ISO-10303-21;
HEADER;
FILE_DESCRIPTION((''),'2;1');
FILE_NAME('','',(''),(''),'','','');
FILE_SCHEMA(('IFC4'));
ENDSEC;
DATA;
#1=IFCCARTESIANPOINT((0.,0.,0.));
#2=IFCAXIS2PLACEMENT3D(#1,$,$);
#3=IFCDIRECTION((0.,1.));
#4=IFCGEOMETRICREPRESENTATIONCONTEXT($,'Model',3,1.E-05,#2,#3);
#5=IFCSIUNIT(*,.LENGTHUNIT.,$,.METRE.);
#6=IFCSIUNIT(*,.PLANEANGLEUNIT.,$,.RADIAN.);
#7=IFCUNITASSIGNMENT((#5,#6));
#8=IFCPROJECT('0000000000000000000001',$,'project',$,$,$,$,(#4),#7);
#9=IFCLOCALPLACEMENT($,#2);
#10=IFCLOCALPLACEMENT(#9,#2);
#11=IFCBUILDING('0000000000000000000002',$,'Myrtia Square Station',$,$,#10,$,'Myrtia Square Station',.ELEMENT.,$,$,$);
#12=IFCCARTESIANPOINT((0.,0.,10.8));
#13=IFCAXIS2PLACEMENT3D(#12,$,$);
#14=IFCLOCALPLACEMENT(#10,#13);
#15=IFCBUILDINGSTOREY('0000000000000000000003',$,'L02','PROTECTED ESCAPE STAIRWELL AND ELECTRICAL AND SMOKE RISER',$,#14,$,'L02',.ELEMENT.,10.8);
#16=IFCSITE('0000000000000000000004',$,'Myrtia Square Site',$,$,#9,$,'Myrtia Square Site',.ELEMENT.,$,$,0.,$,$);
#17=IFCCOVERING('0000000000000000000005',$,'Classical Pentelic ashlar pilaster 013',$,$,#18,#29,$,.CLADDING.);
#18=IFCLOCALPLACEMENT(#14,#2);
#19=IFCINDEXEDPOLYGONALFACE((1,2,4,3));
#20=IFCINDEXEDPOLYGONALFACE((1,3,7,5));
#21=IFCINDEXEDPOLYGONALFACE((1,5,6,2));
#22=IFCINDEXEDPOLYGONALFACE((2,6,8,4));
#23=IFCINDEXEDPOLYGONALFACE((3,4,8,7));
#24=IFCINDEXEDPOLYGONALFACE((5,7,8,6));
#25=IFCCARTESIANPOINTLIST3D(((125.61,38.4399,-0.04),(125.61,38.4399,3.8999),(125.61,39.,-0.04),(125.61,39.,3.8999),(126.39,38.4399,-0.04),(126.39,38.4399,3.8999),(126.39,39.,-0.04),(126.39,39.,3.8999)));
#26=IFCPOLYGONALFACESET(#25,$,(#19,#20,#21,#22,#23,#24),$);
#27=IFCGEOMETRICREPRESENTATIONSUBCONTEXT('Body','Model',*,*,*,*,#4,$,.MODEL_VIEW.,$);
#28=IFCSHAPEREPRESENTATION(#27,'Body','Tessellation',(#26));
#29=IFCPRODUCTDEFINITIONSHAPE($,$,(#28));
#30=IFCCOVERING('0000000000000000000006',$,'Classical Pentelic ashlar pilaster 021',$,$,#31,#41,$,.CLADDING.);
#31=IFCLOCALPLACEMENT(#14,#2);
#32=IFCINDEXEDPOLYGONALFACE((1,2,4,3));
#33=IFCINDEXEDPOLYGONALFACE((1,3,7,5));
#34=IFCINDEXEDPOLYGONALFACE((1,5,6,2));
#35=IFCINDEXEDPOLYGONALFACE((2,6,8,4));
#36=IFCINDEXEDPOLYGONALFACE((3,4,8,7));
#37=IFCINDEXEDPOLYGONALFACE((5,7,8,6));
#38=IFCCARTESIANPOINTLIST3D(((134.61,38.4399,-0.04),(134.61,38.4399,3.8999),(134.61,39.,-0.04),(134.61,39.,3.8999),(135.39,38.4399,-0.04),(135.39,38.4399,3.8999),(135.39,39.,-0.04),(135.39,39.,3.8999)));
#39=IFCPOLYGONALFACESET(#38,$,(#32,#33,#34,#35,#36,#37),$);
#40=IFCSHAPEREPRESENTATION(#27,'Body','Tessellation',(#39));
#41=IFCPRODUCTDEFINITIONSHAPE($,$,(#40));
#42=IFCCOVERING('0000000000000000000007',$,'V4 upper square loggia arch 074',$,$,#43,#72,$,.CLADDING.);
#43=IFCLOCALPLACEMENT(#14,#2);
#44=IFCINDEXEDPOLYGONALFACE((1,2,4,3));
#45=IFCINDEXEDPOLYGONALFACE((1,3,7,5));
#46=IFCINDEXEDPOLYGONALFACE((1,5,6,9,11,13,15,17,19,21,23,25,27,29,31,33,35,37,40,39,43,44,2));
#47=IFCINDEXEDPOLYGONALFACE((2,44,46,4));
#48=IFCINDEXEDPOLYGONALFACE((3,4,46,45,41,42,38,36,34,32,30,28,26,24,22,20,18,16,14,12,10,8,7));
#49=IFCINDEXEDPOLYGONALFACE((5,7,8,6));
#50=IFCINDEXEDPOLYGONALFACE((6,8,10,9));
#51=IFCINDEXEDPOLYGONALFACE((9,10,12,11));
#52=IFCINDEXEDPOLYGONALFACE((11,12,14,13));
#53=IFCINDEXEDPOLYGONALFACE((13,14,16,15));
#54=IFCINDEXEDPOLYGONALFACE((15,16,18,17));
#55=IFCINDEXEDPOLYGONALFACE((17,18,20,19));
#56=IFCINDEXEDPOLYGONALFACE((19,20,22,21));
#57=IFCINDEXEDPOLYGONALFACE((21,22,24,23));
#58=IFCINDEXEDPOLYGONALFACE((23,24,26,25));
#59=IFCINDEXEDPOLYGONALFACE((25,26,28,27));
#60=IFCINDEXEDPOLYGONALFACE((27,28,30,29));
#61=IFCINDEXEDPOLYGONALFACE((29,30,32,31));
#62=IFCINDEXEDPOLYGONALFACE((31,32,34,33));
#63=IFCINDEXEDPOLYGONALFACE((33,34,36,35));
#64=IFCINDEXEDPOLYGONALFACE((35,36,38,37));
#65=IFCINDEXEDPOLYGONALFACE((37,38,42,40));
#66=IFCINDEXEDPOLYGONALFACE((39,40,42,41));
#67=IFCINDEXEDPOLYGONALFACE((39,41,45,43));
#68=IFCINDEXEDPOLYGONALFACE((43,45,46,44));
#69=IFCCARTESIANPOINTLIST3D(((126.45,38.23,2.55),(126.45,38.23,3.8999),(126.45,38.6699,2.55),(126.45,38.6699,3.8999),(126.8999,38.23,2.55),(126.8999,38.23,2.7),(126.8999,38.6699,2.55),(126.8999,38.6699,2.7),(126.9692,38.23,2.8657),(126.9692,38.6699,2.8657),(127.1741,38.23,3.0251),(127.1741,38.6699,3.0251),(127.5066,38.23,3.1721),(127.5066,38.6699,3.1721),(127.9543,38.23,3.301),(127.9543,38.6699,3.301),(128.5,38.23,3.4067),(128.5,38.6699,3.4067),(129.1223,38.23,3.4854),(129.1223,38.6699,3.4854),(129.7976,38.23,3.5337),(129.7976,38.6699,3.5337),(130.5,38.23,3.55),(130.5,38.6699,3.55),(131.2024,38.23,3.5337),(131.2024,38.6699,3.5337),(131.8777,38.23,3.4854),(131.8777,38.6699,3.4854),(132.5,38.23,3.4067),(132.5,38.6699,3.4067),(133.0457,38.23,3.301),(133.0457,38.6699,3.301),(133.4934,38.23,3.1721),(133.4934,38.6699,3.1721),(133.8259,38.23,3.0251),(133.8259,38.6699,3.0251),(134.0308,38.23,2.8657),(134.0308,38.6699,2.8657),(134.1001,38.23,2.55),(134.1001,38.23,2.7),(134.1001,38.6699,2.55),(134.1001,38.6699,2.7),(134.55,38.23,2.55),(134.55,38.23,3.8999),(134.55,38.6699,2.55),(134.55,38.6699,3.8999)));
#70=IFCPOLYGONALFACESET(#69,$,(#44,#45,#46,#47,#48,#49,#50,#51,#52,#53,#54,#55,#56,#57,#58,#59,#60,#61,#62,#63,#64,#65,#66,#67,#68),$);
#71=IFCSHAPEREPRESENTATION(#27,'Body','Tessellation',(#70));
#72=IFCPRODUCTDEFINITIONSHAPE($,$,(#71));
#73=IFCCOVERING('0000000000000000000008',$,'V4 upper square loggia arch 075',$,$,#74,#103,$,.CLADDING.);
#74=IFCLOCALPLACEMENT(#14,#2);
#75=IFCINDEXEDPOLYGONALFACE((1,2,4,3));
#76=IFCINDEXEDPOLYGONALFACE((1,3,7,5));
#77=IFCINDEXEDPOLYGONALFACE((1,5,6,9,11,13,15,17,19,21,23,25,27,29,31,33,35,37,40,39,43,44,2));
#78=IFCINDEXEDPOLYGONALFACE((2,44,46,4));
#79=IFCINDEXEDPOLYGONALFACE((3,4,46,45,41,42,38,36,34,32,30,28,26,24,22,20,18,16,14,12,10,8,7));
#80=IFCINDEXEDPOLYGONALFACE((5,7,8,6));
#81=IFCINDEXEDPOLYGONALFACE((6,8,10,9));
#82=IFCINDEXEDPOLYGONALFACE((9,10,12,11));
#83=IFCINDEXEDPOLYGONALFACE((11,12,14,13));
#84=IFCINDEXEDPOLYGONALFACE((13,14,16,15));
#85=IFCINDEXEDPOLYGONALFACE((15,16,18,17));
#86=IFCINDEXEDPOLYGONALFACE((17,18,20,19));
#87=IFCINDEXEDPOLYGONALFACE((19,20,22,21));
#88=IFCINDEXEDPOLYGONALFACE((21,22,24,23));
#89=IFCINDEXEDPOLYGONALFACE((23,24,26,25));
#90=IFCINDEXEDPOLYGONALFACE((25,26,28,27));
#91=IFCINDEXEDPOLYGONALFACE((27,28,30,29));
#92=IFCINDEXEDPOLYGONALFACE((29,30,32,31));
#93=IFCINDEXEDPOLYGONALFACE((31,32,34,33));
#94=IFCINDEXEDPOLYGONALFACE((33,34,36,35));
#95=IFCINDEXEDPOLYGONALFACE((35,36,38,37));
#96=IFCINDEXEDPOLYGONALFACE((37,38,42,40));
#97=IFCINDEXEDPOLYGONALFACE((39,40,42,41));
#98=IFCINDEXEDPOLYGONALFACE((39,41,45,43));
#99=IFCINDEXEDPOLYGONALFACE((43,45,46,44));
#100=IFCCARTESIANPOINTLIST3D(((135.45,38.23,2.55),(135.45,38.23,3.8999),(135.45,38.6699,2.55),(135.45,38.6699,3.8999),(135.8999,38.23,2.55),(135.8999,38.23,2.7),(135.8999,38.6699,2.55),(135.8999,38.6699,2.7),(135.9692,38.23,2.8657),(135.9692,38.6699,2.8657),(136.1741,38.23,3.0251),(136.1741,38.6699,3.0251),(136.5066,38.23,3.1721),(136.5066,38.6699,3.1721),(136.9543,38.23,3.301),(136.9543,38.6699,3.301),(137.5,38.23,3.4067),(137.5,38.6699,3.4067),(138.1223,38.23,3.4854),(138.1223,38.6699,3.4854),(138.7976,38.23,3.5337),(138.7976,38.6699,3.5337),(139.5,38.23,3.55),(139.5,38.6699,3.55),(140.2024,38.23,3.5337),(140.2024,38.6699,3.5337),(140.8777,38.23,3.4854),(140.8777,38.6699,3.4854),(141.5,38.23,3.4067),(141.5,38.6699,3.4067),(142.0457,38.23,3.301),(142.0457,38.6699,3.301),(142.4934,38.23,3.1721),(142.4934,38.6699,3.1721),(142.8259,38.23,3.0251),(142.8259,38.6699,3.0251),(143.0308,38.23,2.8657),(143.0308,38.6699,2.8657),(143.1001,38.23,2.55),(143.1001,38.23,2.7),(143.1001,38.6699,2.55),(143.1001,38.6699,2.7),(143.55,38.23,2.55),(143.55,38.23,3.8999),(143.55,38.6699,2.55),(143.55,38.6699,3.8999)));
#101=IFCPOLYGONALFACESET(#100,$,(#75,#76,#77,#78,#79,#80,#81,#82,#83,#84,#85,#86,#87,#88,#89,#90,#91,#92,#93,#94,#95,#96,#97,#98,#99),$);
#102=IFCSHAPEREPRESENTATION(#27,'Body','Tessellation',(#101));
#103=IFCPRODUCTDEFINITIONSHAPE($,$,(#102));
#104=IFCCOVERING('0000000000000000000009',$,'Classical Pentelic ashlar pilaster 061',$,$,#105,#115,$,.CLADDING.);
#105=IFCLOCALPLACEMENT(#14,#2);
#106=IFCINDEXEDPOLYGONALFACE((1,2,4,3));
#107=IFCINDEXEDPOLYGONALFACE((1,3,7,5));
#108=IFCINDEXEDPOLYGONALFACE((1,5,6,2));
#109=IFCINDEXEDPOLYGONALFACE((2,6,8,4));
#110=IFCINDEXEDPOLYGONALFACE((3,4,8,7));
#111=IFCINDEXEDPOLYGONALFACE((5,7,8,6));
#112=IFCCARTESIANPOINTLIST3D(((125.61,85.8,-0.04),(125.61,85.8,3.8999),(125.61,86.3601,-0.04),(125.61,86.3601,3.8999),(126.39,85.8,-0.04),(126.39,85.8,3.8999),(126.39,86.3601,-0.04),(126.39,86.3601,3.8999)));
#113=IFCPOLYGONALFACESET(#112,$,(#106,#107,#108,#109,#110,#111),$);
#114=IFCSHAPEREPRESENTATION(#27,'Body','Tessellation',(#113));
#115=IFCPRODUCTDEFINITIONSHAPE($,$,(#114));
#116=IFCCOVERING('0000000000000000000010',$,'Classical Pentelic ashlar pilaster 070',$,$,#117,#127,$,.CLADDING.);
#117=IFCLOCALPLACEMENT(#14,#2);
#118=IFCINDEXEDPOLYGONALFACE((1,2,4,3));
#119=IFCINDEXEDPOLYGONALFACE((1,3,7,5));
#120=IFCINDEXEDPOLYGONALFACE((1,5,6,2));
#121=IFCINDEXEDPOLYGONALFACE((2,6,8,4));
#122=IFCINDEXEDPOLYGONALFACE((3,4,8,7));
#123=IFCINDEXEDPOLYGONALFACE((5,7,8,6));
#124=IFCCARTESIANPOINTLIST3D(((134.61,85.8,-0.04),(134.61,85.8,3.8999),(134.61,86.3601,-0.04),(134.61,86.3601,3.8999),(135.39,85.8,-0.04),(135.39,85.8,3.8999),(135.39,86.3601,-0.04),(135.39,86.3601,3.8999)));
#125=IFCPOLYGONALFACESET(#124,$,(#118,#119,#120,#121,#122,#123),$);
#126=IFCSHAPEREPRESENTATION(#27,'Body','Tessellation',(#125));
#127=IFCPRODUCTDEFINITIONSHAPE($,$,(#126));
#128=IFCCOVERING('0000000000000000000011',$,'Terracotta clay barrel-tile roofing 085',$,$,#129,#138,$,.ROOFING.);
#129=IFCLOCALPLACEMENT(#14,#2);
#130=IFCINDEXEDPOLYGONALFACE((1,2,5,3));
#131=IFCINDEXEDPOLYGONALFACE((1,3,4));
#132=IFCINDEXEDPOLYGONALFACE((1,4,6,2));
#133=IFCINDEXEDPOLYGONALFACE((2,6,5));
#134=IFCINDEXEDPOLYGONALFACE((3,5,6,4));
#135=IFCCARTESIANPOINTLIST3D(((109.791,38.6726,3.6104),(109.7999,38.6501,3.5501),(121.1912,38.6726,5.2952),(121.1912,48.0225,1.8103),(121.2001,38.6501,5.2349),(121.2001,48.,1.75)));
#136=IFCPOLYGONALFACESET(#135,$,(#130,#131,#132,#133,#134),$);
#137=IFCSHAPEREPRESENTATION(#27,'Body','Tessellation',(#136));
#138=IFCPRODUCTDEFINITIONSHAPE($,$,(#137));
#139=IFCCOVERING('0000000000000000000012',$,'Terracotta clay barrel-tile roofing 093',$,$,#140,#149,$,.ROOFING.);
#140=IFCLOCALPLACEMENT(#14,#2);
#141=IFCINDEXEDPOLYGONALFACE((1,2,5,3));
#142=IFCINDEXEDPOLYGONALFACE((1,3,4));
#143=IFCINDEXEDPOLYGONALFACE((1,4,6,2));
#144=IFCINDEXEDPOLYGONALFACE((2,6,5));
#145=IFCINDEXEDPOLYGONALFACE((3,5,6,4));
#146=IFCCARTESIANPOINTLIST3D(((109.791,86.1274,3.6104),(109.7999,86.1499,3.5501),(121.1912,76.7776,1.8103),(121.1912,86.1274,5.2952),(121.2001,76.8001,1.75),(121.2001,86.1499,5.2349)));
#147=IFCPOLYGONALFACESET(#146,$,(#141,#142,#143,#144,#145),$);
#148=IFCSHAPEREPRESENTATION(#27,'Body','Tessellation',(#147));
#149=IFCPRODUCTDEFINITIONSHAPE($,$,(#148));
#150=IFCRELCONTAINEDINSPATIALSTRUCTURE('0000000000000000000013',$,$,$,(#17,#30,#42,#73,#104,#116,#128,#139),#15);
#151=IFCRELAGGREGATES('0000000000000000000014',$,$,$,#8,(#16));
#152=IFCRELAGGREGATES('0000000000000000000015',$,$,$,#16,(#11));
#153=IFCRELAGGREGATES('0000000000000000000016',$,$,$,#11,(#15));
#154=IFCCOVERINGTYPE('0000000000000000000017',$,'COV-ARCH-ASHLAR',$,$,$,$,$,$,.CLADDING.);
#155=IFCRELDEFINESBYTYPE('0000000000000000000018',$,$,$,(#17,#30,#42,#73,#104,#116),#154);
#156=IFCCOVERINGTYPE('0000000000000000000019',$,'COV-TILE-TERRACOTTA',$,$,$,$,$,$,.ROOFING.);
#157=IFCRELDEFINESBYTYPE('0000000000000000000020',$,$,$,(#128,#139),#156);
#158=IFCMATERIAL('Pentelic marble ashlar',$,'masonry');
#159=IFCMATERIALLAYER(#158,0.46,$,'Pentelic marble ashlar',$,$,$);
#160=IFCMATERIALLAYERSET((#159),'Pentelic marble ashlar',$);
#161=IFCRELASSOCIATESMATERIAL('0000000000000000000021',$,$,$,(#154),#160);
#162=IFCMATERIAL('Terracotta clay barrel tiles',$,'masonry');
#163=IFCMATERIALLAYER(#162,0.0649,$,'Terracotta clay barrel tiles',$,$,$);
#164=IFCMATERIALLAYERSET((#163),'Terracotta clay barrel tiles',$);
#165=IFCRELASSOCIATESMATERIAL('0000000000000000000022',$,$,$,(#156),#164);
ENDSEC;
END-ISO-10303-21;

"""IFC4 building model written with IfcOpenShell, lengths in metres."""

from ifc_helpers import new_model, si_unit, direction, frame, origin, origin_2d, place, context, subcontext, project, spatial, polyline, rectangle, outline, extrude, material, layer, layer_set, type_object, element, save


model = new_model("IFC4")

# Units and contexts
model_context = context("Model", 3, precision=1e-05, world=origin(), true_north=direction((0.0, 1.0)))
body_context = subcontext(model_context, "Body", "Model", "MODEL_VIEW")
ifc_project = project(units=[si_unit("LENGTHUNIT", "METRE"), si_unit("PLANEANGLEUNIT", "RADIAN")], contexts=[model_context])

# Site, building, storey
site_placement = place(None, origin())
site = spatial("IfcSite", under=ifc_project, at=site_placement, Name="Myrtia Square Site", LongName="Myrtia Square Site", CompositionType="ELEMENT", RefElevation=0.0)
building_placement = place(site_placement, origin())
building = spatial("IfcBuilding", under=site, at=building_placement, Name="Myrtia Square Station", LongName="Myrtia Square Station", CompositionType="ELEMENT")
storey_placement = place(building_placement, frame((0.0, 0.0, 10.8)))
storey = spatial("IfcBuildingStorey", under=building, at=storey_placement, Name="L02", Description="PROTECTED ESCAPE STAIRWELL AND ELECTRICAL AND SMOKE RISER", LongName="L02", CompositionType="ELEMENT", Elevation=10.8)

# Coverings
ifc_material_1 = material(Name="Pentelic marble ashlar", Category="masonry")
ifc_layer_1 = layer(ifc_material_1, 0.46, Name="Pentelic marble ashlar")
ifc_layer_set_1 = layer_set([ifc_layer_1], Name="Pentelic marble ashlar")
covering_type_1 = type_object("IfcCoveringType", Name="COV-ARCH-ASHLAR", PredefinedType="CLADDING", material=ifc_layer_set_1)
for number, where, z_axis, x_axis, name in (
    (1, (126.0, 38.72, -0.04), (0.0, 0.0, 1.0), (1.0, 0.0, 0.0), "Classical Pentelic ashlar pilaster 013"),
    (2, (135.0, 38.72, -0.04), (0.0, 0.0, 1.0), (1.0, 0.0, 0.0), "Classical Pentelic ashlar pilaster 021"),
):
    element("IfcCovering", number, at=place(storey_placement, frame(where, z_axis=z_axis, x_axis=x_axis)), inside=storey, type_object=covering_type_1, Name=name, PredefinedType="CLADDING", context=body_context, shape_type="SweptSolid", body=[
        extrude(rectangle(XDim=0.78, YDim=0.5601, at=origin_2d()), origin(), (0.0, 0.0, 1.0), 3.9399),
    ])
for number, where, z_axis, x_axis, name in (
    (3, (126.45, 38.45, 2.55), (0.0, 0.0, 1.0), (1.0, 0.0, 0.0), "V4 upper square loggia arch 074"),
    (4, (135.45, 38.45, 2.55), (0.0, 0.0, 1.0), (1.0, 0.0, 0.0), "V4 upper square loggia arch 075"),
):
    element("IfcCovering", number, at=place(storey_placement, frame(where, z_axis=z_axis, x_axis=x_axis)), inside=storey, type_object=covering_type_1, Name=name, PredefinedType="CLADDING", context=body_context, shape_type="SweptSolid", body=[
        extrude(outline(polyline([(0.0, 0.0), (0.45, 0.0), (0.45, 0.1499), (0.5193, 0.3157), (0.7241, 0.4751), (1.0566, 0.6221), (1.5044, 0.751), (2.05, 0.8567), (2.6724, 0.9353), (3.3477, 0.9836), (4.05, 1.0), (4.7524, 0.9836), (5.4277, 0.9353), (6.05, 0.8567), (6.5957, 0.751), (7.0435, 0.6221), (7.376, 0.4751), (7.5808, 0.3157), (7.6501, 0.1499), (7.6501, 0.0), (8.1001, 0.0), (8.1001, 1.3499), (0.0, 1.3499), (0.0, 0.0)])), frame((0.0, 0.22, 0.0), z_axis=(0.0, -1.0, 0.0), x_axis=(1.0, 0.0, 0.0)), (0.0, 0.0, 1.0), 0.4399),
    ])
for number, where, z_axis, x_axis, name in (
    (5, (126.0, 86.0801, -0.04), (0.0, 0.0, 1.0), (1.0, 0.0, 0.0), "Classical Pentelic ashlar pilaster 061"),
    (6, (135.0, 86.0801, -0.04), (0.0, 0.0, 1.0), (1.0, 0.0, 0.0), "Classical Pentelic ashlar pilaster 070"),
):
    element("IfcCovering", number, at=place(storey_placement, frame(where, z_axis=z_axis, x_axis=x_axis)), inside=storey, type_object=covering_type_1, Name=name, PredefinedType="CLADDING", context=body_context, shape_type="SweptSolid", body=[
        extrude(rectangle(XDim=0.78, YDim=0.5601, at=origin_2d()), origin(), (0.0, 0.0, 1.0), 3.9399),
    ])
ifc_material_2 = material(Name="Terracotta clay barrel tiles", Category="masonry")
ifc_layer_2 = layer(ifc_material_2, 0.0649, Name="Terracotta clay barrel tiles")
ifc_layer_set_2 = layer_set([ifc_layer_2], Name="Terracotta clay barrel tiles")
covering_type_2 = type_object("IfcCoveringType", Name="COV-TILE-TERRACOTTA", PredefinedType="ROOFING", material=ifc_layer_set_2)
covering_1_placement = place(storey_placement, frame((121.1912, 38.6726, 5.2952), z_axis=(-0.137174, 0.345947, 0.928172), x_axis=(0.0, 0.93703, -0.349248)))
element("IfcCovering", 7, at=covering_1_placement, inside=storey, type_object=covering_type_2, Name="Terracotta clay barrel-tile roofing 085", PredefinedType="ROOFING", context=body_context, shape_type="SweptSolid", body=[
    extrude(outline(polyline([(0.0, 0.0), (9.9782, 0.0), (0.5884, 11.5089), (0.0, 0.0)])), origin(), (0.0, 0.0, -1.0), 0.0649),
])
covering_2_placement = place(storey_placement, frame((121.1912, 86.1274, 5.2952), z_axis=(-0.137174, -0.345947, 0.928172), x_axis=(-0.989255, 0.0, -0.146201)))
element("IfcCovering", 8, at=covering_2_placement, inside=storey, type_object=covering_type_2, Name="Terracotta clay barrel-tile roofing 093", PredefinedType="ROOFING", context=body_context, shape_type="SweptSolid", body=[
    extrude(outline(polyline([(0.0, 0.0), (11.524, 0.0), (0.5095, 9.9652), (0.0, 0.0)])), origin(), (0.0, 0.0, -1.0), 0.0649),
])

save(model, "model.ifc")
